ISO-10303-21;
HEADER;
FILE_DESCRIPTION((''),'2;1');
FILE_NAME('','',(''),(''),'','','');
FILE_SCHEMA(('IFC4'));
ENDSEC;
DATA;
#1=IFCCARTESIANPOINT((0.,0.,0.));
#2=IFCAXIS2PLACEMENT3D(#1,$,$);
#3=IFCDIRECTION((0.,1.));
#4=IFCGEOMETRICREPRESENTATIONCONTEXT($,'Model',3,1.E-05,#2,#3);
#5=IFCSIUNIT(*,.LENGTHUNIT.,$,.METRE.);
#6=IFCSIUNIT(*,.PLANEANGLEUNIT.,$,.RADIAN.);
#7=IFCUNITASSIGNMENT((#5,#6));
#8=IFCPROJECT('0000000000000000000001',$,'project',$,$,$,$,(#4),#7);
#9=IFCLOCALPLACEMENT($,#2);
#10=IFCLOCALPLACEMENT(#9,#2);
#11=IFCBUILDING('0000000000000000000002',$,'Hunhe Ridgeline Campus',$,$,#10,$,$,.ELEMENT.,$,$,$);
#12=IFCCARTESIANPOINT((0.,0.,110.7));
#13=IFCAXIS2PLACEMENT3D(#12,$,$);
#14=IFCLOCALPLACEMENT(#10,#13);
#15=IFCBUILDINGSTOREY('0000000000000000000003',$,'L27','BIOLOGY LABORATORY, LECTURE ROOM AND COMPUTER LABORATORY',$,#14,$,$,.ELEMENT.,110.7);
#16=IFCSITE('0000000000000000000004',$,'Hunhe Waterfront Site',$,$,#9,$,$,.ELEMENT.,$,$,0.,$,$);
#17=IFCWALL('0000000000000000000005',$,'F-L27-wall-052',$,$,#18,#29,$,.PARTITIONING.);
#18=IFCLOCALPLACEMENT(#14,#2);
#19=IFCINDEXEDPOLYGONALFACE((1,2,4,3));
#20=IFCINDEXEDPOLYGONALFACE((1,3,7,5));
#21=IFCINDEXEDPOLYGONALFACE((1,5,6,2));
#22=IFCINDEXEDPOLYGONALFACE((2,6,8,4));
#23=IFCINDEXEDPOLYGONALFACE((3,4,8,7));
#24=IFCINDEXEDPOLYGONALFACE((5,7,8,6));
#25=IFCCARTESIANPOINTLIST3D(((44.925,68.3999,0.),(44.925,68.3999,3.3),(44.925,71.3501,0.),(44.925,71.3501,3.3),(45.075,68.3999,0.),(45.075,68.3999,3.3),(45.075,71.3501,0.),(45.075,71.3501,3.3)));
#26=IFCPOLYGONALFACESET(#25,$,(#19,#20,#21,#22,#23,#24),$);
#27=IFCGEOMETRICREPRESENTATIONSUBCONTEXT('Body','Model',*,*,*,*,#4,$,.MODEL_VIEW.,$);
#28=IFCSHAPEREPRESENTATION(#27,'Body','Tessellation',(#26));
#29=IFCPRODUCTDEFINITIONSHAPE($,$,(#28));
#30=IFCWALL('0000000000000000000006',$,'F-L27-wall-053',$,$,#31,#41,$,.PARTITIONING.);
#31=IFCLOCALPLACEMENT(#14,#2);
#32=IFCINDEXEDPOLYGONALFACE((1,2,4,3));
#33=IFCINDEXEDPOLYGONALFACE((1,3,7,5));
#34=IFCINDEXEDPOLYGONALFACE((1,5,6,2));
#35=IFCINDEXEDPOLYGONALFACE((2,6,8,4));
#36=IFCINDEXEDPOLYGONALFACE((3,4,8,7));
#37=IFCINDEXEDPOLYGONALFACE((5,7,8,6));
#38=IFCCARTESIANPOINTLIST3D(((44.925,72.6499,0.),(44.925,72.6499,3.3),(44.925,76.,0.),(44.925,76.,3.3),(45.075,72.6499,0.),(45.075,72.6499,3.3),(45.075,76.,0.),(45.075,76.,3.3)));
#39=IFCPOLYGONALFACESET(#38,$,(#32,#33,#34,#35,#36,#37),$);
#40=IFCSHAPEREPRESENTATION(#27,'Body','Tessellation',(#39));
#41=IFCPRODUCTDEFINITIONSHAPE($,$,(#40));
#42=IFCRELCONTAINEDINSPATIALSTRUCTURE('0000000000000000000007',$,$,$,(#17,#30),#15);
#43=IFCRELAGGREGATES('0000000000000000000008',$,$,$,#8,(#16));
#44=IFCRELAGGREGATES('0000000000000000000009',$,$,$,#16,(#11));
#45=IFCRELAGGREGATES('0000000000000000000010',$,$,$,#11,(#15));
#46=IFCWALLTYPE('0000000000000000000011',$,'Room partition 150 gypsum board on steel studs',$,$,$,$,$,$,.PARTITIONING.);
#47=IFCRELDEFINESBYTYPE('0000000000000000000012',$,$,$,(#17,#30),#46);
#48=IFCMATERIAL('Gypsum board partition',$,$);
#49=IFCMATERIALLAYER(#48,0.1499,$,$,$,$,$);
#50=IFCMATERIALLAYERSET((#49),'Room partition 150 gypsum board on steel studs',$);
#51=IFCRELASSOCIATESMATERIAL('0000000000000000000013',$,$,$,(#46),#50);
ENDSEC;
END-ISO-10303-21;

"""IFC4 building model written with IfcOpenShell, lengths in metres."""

from ifc_helpers import new_model, si_unit, direction, frame, frame_2d, origin, place, context, subcontext, project, spatial, rectangle, extrude, material, layer, layer_set, type_object, element, save


model = new_model("IFC4")

# Units and contexts
model_context = context("Model", 3, precision=1e-05, world=origin(), true_north=direction((0.0, 1.0)))
body_context = subcontext(model_context, "Body", "Model", "MODEL_VIEW")
ifc_project = project(units=[si_unit("LENGTHUNIT", "METRE"), si_unit("PLANEANGLEUNIT", "RADIAN")], contexts=[model_context])

# Site, building, storey
site_placement = place(None, origin())
site = spatial("IfcSite", under=ifc_project, at=site_placement, Name="Hunhe Waterfront Site", CompositionType="ELEMENT", RefElevation=0.0)
building_placement = place(site_placement, origin())
building = spatial("IfcBuilding", under=site, at=building_placement, Name="Hunhe Ridgeline Campus", CompositionType="ELEMENT")
storey_placement = place(building_placement, frame((0.0, 0.0, 110.7)))
storey = spatial("IfcBuildingStorey", under=building, at=storey_placement, Name="L27", Description="BIOLOGY LABORATORY, LECTURE ROOM AND COMPUTER LABORATORY", CompositionType="ELEMENT", Elevation=110.7)

# Shared definitions
ifc_material_1 = material(Name="Gypsum board partition")

# Walls
ifc_layer_1 = layer(ifc_material_1, 0.1499)
ifc_layer_set_1 = layer_set([ifc_layer_1], Name="Room partition 150 gypsum board on steel studs")
wall_type_1 = type_object("IfcWallType", Name="Room partition 150 gypsum board on steel studs", PredefinedType="PARTITIONING", material=ifc_layer_set_1)
wall_1_placement = place(storey_placement, frame((45.0, 71.3501, 0.0), z_axis=(0.0, 0.0, 1.0), x_axis=(0.0, -1.0, 0.0)))
element("IfcWall", 1, at=wall_1_placement, inside=storey, type_object=wall_type_1, Name="F-L27-wall-052", PredefinedType="PARTITIONING", context=body_context, shape_type="SweptSolid", body=[
    extrude(rectangle(XDim=2.9502, YDim=0.1499, at=frame_2d((1.4751, 0.0))), origin(), (0.0, 0.0, 1.0), 3.3),
])
wall_2_placement = place(storey_placement, frame((45.0, 76.0, 0.0), z_axis=(0.0, 0.0, 1.0), x_axis=(0.0, -1.0, 0.0)))
element("IfcWall", 2, at=wall_2_placement, inside=storey, type_object=wall_type_1, Name="F-L27-wall-053", PredefinedType="PARTITIONING", context=body_context, shape_type="SweptSolid", body=[
    extrude(rectangle(XDim=3.3501, YDim=0.1499, at=frame_2d((1.675, 0.0))), origin(), (0.0, 0.0, 1.0), 3.3),
])

save(model, "model.ifc")
